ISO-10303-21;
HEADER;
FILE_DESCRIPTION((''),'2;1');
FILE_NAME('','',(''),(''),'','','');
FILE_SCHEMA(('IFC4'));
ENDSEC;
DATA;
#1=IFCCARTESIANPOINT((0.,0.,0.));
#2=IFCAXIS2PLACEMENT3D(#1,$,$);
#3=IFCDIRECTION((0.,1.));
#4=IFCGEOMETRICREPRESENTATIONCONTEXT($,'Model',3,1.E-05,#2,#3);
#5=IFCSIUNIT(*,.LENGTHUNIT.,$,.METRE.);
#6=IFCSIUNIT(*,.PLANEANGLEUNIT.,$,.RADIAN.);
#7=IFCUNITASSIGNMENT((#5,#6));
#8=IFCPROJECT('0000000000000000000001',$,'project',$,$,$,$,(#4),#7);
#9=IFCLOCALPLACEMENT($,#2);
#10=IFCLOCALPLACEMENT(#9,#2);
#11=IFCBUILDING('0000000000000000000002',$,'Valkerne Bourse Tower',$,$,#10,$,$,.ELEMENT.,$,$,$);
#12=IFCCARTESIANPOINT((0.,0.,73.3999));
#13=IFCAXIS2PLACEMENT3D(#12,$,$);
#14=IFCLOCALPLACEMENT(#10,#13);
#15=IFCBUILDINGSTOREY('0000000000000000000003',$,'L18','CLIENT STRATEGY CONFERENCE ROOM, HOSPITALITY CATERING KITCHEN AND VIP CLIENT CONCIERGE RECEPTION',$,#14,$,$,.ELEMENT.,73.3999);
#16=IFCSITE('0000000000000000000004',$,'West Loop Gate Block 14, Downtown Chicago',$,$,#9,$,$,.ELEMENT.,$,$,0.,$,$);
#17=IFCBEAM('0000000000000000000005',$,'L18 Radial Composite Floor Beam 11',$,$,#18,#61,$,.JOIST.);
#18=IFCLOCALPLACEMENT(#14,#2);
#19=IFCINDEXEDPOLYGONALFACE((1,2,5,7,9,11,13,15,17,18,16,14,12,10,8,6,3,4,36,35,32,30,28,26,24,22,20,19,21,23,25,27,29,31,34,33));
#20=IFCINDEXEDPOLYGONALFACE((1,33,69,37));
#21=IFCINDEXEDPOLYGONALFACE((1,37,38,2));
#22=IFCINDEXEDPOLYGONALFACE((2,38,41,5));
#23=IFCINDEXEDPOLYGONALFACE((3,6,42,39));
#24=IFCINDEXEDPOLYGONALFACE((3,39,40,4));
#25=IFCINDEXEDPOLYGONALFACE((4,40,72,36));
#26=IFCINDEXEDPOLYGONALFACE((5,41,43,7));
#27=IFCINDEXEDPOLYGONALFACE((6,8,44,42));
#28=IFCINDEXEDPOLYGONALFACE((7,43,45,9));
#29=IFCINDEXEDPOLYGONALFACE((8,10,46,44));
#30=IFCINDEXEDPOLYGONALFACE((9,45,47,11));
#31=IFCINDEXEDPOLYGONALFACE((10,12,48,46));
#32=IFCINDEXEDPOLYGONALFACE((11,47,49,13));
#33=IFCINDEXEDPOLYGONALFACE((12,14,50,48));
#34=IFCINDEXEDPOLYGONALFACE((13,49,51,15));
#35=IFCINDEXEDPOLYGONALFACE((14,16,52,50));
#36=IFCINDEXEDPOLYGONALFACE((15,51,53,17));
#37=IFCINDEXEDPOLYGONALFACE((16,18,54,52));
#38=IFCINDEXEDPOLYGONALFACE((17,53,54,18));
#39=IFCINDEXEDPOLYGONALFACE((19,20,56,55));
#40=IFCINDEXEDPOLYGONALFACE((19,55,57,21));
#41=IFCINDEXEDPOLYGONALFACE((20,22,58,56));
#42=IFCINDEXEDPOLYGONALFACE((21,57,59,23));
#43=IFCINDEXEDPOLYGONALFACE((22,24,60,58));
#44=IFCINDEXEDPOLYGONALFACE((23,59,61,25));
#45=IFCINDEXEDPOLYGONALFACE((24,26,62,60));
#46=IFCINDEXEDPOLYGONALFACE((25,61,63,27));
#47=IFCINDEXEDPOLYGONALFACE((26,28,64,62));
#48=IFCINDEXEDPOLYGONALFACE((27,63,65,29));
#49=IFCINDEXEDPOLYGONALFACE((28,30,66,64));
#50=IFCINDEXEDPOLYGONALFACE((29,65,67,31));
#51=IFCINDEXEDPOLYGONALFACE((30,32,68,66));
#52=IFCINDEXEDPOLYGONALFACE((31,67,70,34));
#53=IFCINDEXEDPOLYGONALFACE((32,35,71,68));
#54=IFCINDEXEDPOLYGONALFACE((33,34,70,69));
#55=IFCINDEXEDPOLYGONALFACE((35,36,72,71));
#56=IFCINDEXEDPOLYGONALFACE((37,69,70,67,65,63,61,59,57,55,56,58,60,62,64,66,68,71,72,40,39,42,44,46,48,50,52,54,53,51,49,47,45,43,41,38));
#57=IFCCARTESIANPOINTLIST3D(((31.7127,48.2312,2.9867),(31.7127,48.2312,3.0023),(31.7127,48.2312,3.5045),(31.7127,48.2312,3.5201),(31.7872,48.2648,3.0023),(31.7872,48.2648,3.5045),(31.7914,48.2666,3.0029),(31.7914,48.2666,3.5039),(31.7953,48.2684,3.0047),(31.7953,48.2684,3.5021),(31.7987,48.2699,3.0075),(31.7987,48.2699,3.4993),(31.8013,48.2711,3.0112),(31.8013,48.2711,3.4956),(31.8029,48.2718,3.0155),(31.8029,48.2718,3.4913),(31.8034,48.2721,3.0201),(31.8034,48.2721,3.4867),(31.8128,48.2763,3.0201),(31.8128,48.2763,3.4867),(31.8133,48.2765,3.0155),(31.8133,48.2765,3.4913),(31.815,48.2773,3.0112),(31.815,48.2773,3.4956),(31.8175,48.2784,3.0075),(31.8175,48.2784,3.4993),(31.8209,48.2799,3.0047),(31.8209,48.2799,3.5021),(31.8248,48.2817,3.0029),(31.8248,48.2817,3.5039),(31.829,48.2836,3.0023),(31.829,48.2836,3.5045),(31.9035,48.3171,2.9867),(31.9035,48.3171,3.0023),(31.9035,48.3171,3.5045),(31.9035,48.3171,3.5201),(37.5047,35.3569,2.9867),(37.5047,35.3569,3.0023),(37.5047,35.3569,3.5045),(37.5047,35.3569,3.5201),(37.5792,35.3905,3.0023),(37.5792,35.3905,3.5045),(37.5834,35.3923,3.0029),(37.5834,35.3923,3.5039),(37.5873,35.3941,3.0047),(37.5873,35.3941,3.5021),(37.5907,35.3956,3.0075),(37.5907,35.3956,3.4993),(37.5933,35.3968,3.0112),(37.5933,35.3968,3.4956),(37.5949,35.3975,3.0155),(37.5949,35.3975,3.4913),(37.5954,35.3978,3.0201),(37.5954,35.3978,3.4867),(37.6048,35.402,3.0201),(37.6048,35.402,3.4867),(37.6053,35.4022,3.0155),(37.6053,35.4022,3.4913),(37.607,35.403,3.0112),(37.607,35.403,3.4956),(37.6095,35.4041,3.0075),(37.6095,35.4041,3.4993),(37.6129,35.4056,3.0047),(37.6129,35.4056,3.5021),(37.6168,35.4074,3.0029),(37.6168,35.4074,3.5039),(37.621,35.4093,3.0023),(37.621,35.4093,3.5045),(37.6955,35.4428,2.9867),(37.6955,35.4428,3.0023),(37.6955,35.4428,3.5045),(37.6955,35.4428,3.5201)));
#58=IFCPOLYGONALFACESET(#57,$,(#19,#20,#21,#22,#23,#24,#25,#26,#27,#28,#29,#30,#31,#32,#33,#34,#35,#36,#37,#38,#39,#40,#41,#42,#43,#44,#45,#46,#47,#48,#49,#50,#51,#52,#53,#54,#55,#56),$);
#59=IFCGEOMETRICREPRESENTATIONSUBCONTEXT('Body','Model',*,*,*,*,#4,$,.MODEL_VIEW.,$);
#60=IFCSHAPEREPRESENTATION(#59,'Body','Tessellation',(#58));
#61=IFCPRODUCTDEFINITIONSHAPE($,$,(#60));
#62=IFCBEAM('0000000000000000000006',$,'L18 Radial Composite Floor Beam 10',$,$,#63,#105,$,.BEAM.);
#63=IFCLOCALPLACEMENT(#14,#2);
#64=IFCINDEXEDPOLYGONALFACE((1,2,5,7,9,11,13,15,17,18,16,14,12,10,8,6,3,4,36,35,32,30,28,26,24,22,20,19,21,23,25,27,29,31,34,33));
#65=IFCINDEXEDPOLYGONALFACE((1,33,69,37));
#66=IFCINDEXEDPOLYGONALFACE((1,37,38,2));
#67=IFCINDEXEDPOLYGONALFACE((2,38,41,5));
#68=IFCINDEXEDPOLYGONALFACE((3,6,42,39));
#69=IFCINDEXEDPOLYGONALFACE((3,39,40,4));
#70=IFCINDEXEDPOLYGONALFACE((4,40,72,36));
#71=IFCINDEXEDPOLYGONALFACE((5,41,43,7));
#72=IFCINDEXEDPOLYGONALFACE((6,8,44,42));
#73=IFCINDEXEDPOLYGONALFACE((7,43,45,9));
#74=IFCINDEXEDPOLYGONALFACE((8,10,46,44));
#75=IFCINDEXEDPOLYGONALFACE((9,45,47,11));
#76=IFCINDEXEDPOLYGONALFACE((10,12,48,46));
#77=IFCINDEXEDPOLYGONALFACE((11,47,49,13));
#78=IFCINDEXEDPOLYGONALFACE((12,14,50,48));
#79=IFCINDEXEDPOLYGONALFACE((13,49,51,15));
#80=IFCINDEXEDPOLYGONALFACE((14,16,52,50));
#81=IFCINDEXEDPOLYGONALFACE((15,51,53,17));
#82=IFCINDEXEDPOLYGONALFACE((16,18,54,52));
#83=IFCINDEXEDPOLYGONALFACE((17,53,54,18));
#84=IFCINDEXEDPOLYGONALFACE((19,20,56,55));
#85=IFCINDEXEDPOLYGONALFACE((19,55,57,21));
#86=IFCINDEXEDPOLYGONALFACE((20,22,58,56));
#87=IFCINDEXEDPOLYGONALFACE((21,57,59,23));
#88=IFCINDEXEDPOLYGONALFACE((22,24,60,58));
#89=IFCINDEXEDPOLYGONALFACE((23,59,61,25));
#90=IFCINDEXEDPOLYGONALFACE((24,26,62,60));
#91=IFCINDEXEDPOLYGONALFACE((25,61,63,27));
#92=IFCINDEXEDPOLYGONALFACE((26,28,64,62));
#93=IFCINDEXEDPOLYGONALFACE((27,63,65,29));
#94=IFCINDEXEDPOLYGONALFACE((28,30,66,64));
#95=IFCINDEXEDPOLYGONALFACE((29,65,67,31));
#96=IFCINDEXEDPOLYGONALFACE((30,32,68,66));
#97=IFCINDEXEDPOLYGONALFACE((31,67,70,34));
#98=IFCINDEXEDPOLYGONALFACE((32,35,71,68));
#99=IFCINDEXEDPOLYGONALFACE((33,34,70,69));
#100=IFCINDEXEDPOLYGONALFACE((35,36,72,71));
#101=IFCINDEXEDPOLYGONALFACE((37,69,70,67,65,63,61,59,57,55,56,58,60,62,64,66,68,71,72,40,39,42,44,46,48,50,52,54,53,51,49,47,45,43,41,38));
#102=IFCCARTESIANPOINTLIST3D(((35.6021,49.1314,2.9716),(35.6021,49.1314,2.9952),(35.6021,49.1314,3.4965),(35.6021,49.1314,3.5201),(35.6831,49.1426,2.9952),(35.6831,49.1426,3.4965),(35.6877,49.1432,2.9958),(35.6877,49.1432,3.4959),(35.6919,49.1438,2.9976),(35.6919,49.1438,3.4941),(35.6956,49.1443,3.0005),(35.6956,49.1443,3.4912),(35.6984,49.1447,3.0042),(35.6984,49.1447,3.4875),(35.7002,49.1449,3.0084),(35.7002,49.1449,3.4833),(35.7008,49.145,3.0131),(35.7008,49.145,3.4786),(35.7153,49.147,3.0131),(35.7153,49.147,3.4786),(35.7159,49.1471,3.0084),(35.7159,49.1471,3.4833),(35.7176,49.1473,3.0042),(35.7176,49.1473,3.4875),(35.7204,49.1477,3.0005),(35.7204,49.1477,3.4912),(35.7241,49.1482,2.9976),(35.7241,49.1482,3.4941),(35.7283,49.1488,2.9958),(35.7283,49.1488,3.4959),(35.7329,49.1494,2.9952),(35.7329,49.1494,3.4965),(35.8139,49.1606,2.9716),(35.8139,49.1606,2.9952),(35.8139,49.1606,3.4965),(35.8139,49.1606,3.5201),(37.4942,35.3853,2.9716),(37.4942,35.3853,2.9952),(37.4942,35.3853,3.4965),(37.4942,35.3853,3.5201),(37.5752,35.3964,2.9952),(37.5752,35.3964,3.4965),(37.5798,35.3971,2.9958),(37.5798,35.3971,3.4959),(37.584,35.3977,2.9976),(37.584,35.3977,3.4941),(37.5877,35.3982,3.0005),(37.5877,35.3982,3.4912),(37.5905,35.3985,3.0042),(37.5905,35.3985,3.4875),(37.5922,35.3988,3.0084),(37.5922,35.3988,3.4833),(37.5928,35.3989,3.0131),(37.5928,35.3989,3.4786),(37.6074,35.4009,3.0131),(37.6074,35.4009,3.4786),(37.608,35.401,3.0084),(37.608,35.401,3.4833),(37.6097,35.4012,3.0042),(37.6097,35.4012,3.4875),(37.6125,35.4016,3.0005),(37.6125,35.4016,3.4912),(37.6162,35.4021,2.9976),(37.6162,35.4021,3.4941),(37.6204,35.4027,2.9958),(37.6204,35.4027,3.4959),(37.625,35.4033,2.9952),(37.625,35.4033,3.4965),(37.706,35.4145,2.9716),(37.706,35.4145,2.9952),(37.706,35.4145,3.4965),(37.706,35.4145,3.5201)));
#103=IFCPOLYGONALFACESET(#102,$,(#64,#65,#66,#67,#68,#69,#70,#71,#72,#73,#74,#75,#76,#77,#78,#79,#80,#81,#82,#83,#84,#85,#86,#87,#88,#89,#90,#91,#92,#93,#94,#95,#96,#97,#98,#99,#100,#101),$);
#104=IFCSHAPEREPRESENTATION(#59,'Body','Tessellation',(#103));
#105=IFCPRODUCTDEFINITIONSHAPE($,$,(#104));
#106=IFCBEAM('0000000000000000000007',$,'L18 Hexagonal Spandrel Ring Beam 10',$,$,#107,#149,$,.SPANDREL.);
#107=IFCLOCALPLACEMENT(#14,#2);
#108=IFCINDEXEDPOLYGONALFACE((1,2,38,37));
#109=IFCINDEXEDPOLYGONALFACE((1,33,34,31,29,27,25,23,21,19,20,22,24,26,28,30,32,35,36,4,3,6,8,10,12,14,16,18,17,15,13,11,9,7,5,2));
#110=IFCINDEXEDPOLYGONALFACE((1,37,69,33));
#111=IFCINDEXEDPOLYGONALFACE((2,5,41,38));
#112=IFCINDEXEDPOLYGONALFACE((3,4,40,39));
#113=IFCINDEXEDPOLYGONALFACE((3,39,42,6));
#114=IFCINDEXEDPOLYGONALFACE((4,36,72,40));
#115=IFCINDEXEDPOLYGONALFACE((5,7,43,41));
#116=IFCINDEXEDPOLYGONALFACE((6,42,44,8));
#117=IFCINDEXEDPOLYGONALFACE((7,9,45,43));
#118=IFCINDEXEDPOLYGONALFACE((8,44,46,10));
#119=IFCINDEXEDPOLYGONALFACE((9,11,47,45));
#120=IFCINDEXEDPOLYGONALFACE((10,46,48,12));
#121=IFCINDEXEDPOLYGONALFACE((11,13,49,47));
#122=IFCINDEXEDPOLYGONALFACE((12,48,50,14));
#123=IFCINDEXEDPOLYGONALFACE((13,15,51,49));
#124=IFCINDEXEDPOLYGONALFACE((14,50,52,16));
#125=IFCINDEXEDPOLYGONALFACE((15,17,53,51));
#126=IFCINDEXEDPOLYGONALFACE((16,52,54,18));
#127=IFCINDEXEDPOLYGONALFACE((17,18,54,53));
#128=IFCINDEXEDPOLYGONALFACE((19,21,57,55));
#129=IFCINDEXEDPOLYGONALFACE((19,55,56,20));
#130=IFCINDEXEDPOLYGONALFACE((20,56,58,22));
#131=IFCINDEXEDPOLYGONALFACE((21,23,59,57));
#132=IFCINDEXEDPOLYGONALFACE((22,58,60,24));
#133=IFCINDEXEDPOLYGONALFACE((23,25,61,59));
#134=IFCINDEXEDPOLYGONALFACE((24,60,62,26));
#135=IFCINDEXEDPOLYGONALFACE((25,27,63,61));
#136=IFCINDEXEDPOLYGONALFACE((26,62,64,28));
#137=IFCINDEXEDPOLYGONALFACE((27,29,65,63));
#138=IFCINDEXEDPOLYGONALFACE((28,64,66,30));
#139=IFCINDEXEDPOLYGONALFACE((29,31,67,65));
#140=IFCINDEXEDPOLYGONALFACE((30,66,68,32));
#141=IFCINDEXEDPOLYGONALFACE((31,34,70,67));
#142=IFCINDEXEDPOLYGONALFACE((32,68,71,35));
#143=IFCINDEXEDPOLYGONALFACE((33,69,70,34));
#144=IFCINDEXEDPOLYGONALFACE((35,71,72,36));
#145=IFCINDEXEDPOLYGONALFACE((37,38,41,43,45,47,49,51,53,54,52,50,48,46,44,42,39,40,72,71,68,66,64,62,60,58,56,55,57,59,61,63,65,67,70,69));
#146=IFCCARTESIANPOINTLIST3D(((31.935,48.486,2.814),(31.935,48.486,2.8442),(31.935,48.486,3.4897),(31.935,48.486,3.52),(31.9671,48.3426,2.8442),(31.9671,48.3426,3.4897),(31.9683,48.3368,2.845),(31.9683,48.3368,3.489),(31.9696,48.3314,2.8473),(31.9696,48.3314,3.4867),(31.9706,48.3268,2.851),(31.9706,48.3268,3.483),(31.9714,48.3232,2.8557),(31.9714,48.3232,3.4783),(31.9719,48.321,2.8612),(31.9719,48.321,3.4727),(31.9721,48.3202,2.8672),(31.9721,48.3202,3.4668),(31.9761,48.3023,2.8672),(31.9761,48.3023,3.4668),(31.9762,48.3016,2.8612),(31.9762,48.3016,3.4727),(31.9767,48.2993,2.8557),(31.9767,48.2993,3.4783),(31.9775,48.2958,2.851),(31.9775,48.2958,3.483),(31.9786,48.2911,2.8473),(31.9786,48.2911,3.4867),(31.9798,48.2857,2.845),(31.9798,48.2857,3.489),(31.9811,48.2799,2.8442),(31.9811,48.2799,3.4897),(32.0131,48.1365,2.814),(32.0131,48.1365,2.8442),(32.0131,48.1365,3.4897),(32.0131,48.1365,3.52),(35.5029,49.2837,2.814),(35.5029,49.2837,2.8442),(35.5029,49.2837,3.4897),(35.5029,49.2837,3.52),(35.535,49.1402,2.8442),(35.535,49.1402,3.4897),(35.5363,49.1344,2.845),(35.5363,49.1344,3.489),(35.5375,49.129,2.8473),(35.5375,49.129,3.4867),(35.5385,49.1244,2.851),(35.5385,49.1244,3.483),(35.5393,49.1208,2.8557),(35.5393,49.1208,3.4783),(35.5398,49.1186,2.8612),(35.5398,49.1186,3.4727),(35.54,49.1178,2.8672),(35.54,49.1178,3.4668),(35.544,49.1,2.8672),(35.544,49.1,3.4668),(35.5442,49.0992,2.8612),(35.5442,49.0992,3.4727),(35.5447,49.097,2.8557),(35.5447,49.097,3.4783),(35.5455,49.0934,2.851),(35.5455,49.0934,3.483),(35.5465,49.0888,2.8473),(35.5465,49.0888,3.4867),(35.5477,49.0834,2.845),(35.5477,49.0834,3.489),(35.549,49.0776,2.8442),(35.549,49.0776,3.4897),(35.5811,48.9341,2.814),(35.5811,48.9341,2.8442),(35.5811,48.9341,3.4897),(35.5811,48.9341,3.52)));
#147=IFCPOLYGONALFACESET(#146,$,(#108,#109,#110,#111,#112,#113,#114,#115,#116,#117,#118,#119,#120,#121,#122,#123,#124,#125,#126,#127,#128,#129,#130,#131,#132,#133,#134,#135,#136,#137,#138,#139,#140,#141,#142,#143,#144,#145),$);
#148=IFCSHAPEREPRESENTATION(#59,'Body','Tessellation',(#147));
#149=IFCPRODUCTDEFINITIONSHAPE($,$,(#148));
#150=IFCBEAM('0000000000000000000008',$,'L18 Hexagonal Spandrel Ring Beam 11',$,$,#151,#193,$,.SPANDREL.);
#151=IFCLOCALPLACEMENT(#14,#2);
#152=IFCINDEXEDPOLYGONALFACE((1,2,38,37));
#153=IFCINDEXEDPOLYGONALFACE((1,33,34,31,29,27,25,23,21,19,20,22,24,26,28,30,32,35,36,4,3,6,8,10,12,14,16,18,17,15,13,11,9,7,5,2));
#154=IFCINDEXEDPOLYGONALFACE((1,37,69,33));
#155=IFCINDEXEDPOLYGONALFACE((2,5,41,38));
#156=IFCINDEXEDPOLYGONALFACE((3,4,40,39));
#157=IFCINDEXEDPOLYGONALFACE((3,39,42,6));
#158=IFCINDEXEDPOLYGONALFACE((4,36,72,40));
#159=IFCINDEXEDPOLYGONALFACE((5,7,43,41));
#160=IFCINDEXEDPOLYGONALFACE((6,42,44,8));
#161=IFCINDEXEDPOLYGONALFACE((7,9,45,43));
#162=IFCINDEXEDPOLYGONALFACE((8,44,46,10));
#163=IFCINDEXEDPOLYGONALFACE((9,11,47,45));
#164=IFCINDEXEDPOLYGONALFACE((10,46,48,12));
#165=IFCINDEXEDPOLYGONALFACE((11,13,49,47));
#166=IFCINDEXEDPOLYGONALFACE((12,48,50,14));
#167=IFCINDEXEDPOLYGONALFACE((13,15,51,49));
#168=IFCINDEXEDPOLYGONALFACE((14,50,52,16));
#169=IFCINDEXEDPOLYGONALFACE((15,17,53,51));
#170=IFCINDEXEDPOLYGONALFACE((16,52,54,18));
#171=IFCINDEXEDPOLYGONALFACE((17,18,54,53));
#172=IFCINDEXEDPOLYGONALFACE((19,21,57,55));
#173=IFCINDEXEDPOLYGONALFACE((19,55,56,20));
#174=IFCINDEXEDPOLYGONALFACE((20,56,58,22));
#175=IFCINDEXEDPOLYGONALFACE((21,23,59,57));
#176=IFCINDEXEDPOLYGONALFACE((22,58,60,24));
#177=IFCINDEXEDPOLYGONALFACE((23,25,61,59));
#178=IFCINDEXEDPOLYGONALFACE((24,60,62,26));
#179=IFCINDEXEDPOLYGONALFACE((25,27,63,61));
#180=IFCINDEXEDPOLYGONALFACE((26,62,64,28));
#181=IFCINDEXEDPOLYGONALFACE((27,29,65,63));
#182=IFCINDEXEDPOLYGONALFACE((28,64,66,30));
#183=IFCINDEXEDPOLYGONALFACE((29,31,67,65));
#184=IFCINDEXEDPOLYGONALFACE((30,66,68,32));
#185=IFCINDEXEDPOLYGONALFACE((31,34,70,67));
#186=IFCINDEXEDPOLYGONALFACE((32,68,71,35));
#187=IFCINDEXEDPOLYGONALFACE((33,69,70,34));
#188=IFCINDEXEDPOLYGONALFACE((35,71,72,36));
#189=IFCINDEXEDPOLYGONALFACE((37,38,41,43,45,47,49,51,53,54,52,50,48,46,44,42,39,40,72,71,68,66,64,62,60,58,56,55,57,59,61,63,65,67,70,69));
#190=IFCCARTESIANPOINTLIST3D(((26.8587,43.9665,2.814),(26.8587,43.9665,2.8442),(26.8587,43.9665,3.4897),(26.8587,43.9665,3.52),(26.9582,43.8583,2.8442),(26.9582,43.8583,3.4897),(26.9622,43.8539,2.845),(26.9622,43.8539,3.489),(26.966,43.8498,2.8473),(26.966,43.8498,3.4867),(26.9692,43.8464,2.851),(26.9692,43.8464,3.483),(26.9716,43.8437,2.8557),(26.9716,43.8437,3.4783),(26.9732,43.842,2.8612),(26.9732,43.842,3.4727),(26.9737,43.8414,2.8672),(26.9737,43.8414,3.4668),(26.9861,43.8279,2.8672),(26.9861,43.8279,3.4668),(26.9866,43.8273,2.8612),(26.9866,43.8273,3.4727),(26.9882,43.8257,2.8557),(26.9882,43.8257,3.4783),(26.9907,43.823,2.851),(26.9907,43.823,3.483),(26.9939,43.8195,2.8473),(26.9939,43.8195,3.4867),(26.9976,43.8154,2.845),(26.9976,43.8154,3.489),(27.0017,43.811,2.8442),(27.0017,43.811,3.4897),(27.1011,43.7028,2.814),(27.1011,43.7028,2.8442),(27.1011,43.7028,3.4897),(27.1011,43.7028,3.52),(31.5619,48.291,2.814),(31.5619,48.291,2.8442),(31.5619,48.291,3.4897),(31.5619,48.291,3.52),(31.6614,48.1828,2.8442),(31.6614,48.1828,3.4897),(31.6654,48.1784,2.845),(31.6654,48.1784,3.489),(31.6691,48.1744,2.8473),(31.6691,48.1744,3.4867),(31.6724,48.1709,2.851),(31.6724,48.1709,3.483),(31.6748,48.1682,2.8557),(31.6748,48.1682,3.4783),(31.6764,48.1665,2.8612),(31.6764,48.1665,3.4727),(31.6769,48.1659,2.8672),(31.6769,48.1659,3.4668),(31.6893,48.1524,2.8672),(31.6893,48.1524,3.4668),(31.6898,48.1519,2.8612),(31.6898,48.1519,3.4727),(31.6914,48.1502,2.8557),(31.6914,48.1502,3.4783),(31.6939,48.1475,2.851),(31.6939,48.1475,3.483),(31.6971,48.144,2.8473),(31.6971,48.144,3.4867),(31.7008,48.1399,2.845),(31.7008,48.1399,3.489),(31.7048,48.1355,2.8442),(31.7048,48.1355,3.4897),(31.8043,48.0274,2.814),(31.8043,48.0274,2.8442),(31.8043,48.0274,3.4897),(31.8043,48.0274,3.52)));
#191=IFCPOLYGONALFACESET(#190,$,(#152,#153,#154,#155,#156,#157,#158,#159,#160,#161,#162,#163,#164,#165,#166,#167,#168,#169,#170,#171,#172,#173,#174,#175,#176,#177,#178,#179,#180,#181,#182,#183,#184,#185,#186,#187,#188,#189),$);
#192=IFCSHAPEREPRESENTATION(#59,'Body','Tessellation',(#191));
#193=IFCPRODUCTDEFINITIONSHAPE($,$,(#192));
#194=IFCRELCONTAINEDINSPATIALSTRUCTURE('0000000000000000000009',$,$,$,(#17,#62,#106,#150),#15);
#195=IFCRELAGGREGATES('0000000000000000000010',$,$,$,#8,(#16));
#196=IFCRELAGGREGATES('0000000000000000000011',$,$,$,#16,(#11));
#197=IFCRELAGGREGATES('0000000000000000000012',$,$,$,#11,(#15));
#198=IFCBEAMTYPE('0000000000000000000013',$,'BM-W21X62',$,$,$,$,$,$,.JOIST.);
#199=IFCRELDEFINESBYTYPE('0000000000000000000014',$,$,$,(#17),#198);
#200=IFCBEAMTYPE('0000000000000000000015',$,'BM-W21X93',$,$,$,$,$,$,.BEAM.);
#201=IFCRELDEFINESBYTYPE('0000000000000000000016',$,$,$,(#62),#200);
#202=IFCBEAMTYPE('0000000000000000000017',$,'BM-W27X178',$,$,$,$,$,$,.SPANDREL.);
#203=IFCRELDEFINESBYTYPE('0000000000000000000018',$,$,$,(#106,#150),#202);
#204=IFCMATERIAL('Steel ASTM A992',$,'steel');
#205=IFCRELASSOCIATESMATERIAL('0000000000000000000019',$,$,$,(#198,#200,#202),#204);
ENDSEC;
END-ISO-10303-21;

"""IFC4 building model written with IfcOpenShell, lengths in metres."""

from ifc_helpers import new_model, si_unit, direction, frame, origin, origin_2d, place, context, subcontext, project, spatial, i_section, extrude, material, material_profile, profile_set, type_object, element, save


model = new_model("IFC4")

# Units and contexts
model_context = context("Model", 3, precision=1e-05, world=origin(), true_north=direction((0.0, 1.0)))
body_context = subcontext(model_context, "Body", "Model", "MODEL_VIEW")
ifc_project = project(units=[si_unit("LENGTHUNIT", "METRE"), si_unit("PLANEANGLEUNIT", "RADIAN")], contexts=[model_context])

# Site, building, storey
site_placement = place(None, origin())
site = spatial("IfcSite", under=ifc_project, at=site_placement, Name="West Loop Gate Block 14, Downtown Chicago", CompositionType="ELEMENT", RefElevation=0.0)
building_placement = place(site_placement, origin())
building = spatial("IfcBuilding", under=site, at=building_placement, Name="Valkerne Bourse Tower", CompositionType="ELEMENT")
storey_placement = place(building_placement, frame((0.0, 0.0, 73.3999)))
storey = spatial("IfcBuildingStorey", under=building, at=storey_placement, Name="L18", Description="CLIENT STRATEGY CONFERENCE ROOM, HOSPITALITY CATERING KITCHEN AND VIP CLIENT CONCIERGE RECEPTION", CompositionType="ELEMENT", Elevation=73.3999)

# Beams
ifc_material_1 = material(Name="Steel ASTM A992", Category="steel")
ifc_material_profile_1 = material_profile(ifc_material_1, i_section(OverallWidth=0.2092, OverallDepth=0.5334, WebThickness=0.0103, FlangeThickness=0.0156, FilletRadius=0.0178, at=origin_2d()), Name="W21X62")
ifc_profile_set_1 = profile_set([ifc_material_profile_1], Name="Steel ASTM A992")
beam_type_1 = type_object("IfcBeamType", Name="BM-W21X62", PredefinedType="JOIST", material=ifc_profile_set_1)
beam_1_placement = place(storey_placement, frame((31.8081, 48.2742, 3.2534), z_axis=(0.410281, -0.911959, 0.0), x_axis=(0.911959, 0.410281, 0.0)))
element("IfcBeam", 1, at=beam_1_placement, inside=storey, type_object=beam_type_1, Name="L18 Radial Composite Floor Beam 11", PredefinedType="JOIST", context=body_context, shape_type="SweptSolid", body=[
    extrude(i_section(OverallWidth=0.2092, OverallDepth=0.5334, WebThickness=0.0103, FlangeThickness=0.0156, FilletRadius=0.0178, at=origin_2d()), origin(), (0.0, 0.0, 1.0), 14.1172),
])
ifc_material_profile_2 = material_profile(ifc_material_1, i_section(OverallWidth=0.2139, OverallDepth=0.5486, WebThickness=0.0146, FlangeThickness=0.0237, FilletRadius=0.0178, at=origin_2d()), Name="W21X93")
ifc_profile_set_2 = profile_set([ifc_material_profile_2], Name="Steel ASTM A992")
beam_type_2 = type_object("IfcBeamType", Name="BM-W21X93", PredefinedType="BEAM", material=ifc_profile_set_2)
beam_2_placement = place(storey_placement, frame((35.708, 49.146, 3.2458), z_axis=(0.13636, -0.990659, 0.0), x_axis=(0.990659, 0.13636, 0.0)))
element("IfcBeam", 2, at=beam_2_placement, inside=storey, type_object=beam_type_2, Name="L18 Radial Composite Floor Beam 10", PredefinedType="BEAM", context=body_context, shape_type="SweptSolid", body=[
    extrude(i_section(OverallWidth=0.2139, OverallDepth=0.5486, WebThickness=0.0146, FlangeThickness=0.0237, FilletRadius=0.0178, at=origin_2d()), origin(), (0.0, 0.0, 1.0), 13.8757),
])
ifc_material_profile_3 = material_profile(ifc_material_1, i_section(OverallWidth=0.3582, OverallDepth=0.7061, WebThickness=0.0183, FlangeThickness=0.0303, FilletRadius=0.0229, at=origin_2d()), Name="W27X178")
ifc_profile_set_3 = profile_set([ifc_material_profile_3], Name="Steel ASTM A992")
beam_type_3 = type_object("IfcBeamType", Name="BM-W27X178", PredefinedType="SPANDREL", material=ifc_profile_set_3)
beam_3_placement = place(storey_placement, frame((35.542, 49.1089, 3.167), z_axis=(-0.975911, -0.218168, 0.0), x_axis=(0.218168, -0.975911, 0.0)))
element("IfcBeam", 3, at=beam_3_placement, inside=storey, type_object=beam_type_3, Name="L18 Hexagonal Spandrel Ring Beam 10", PredefinedType="SPANDREL", context=body_context, shape_type="SweptSolid", body=[
    extrude(i_section(OverallWidth=0.3582, OverallDepth=0.7061, WebThickness=0.0183, FlangeThickness=0.0303, FilletRadius=0.0229, at=origin_2d()), origin(), (0.0, 0.0, 1.0), 3.656),
])
beam_4_placement = place(storey_placement, frame((31.6831, 48.1592, 3.167), z_axis=(-0.736119, -0.676852, 0.0), x_axis=(0.676852, -0.736119, 0.0)))
element("IfcBeam", 4, at=beam_4_placement, inside=storey, type_object=beam_type_3, Name="L18 Hexagonal Spandrel Ring Beam 11", PredefinedType="SPANDREL", context=body_context, shape_type="SweptSolid", body=[
    extrude(i_section(OverallWidth=0.3582, OverallDepth=0.7061, WebThickness=0.0183, FlangeThickness=0.0303, FilletRadius=0.0229, at=origin_2d()), origin(), (0.0, 0.0, 1.0), 6.3892),
])

save(model, "model.ifc")
